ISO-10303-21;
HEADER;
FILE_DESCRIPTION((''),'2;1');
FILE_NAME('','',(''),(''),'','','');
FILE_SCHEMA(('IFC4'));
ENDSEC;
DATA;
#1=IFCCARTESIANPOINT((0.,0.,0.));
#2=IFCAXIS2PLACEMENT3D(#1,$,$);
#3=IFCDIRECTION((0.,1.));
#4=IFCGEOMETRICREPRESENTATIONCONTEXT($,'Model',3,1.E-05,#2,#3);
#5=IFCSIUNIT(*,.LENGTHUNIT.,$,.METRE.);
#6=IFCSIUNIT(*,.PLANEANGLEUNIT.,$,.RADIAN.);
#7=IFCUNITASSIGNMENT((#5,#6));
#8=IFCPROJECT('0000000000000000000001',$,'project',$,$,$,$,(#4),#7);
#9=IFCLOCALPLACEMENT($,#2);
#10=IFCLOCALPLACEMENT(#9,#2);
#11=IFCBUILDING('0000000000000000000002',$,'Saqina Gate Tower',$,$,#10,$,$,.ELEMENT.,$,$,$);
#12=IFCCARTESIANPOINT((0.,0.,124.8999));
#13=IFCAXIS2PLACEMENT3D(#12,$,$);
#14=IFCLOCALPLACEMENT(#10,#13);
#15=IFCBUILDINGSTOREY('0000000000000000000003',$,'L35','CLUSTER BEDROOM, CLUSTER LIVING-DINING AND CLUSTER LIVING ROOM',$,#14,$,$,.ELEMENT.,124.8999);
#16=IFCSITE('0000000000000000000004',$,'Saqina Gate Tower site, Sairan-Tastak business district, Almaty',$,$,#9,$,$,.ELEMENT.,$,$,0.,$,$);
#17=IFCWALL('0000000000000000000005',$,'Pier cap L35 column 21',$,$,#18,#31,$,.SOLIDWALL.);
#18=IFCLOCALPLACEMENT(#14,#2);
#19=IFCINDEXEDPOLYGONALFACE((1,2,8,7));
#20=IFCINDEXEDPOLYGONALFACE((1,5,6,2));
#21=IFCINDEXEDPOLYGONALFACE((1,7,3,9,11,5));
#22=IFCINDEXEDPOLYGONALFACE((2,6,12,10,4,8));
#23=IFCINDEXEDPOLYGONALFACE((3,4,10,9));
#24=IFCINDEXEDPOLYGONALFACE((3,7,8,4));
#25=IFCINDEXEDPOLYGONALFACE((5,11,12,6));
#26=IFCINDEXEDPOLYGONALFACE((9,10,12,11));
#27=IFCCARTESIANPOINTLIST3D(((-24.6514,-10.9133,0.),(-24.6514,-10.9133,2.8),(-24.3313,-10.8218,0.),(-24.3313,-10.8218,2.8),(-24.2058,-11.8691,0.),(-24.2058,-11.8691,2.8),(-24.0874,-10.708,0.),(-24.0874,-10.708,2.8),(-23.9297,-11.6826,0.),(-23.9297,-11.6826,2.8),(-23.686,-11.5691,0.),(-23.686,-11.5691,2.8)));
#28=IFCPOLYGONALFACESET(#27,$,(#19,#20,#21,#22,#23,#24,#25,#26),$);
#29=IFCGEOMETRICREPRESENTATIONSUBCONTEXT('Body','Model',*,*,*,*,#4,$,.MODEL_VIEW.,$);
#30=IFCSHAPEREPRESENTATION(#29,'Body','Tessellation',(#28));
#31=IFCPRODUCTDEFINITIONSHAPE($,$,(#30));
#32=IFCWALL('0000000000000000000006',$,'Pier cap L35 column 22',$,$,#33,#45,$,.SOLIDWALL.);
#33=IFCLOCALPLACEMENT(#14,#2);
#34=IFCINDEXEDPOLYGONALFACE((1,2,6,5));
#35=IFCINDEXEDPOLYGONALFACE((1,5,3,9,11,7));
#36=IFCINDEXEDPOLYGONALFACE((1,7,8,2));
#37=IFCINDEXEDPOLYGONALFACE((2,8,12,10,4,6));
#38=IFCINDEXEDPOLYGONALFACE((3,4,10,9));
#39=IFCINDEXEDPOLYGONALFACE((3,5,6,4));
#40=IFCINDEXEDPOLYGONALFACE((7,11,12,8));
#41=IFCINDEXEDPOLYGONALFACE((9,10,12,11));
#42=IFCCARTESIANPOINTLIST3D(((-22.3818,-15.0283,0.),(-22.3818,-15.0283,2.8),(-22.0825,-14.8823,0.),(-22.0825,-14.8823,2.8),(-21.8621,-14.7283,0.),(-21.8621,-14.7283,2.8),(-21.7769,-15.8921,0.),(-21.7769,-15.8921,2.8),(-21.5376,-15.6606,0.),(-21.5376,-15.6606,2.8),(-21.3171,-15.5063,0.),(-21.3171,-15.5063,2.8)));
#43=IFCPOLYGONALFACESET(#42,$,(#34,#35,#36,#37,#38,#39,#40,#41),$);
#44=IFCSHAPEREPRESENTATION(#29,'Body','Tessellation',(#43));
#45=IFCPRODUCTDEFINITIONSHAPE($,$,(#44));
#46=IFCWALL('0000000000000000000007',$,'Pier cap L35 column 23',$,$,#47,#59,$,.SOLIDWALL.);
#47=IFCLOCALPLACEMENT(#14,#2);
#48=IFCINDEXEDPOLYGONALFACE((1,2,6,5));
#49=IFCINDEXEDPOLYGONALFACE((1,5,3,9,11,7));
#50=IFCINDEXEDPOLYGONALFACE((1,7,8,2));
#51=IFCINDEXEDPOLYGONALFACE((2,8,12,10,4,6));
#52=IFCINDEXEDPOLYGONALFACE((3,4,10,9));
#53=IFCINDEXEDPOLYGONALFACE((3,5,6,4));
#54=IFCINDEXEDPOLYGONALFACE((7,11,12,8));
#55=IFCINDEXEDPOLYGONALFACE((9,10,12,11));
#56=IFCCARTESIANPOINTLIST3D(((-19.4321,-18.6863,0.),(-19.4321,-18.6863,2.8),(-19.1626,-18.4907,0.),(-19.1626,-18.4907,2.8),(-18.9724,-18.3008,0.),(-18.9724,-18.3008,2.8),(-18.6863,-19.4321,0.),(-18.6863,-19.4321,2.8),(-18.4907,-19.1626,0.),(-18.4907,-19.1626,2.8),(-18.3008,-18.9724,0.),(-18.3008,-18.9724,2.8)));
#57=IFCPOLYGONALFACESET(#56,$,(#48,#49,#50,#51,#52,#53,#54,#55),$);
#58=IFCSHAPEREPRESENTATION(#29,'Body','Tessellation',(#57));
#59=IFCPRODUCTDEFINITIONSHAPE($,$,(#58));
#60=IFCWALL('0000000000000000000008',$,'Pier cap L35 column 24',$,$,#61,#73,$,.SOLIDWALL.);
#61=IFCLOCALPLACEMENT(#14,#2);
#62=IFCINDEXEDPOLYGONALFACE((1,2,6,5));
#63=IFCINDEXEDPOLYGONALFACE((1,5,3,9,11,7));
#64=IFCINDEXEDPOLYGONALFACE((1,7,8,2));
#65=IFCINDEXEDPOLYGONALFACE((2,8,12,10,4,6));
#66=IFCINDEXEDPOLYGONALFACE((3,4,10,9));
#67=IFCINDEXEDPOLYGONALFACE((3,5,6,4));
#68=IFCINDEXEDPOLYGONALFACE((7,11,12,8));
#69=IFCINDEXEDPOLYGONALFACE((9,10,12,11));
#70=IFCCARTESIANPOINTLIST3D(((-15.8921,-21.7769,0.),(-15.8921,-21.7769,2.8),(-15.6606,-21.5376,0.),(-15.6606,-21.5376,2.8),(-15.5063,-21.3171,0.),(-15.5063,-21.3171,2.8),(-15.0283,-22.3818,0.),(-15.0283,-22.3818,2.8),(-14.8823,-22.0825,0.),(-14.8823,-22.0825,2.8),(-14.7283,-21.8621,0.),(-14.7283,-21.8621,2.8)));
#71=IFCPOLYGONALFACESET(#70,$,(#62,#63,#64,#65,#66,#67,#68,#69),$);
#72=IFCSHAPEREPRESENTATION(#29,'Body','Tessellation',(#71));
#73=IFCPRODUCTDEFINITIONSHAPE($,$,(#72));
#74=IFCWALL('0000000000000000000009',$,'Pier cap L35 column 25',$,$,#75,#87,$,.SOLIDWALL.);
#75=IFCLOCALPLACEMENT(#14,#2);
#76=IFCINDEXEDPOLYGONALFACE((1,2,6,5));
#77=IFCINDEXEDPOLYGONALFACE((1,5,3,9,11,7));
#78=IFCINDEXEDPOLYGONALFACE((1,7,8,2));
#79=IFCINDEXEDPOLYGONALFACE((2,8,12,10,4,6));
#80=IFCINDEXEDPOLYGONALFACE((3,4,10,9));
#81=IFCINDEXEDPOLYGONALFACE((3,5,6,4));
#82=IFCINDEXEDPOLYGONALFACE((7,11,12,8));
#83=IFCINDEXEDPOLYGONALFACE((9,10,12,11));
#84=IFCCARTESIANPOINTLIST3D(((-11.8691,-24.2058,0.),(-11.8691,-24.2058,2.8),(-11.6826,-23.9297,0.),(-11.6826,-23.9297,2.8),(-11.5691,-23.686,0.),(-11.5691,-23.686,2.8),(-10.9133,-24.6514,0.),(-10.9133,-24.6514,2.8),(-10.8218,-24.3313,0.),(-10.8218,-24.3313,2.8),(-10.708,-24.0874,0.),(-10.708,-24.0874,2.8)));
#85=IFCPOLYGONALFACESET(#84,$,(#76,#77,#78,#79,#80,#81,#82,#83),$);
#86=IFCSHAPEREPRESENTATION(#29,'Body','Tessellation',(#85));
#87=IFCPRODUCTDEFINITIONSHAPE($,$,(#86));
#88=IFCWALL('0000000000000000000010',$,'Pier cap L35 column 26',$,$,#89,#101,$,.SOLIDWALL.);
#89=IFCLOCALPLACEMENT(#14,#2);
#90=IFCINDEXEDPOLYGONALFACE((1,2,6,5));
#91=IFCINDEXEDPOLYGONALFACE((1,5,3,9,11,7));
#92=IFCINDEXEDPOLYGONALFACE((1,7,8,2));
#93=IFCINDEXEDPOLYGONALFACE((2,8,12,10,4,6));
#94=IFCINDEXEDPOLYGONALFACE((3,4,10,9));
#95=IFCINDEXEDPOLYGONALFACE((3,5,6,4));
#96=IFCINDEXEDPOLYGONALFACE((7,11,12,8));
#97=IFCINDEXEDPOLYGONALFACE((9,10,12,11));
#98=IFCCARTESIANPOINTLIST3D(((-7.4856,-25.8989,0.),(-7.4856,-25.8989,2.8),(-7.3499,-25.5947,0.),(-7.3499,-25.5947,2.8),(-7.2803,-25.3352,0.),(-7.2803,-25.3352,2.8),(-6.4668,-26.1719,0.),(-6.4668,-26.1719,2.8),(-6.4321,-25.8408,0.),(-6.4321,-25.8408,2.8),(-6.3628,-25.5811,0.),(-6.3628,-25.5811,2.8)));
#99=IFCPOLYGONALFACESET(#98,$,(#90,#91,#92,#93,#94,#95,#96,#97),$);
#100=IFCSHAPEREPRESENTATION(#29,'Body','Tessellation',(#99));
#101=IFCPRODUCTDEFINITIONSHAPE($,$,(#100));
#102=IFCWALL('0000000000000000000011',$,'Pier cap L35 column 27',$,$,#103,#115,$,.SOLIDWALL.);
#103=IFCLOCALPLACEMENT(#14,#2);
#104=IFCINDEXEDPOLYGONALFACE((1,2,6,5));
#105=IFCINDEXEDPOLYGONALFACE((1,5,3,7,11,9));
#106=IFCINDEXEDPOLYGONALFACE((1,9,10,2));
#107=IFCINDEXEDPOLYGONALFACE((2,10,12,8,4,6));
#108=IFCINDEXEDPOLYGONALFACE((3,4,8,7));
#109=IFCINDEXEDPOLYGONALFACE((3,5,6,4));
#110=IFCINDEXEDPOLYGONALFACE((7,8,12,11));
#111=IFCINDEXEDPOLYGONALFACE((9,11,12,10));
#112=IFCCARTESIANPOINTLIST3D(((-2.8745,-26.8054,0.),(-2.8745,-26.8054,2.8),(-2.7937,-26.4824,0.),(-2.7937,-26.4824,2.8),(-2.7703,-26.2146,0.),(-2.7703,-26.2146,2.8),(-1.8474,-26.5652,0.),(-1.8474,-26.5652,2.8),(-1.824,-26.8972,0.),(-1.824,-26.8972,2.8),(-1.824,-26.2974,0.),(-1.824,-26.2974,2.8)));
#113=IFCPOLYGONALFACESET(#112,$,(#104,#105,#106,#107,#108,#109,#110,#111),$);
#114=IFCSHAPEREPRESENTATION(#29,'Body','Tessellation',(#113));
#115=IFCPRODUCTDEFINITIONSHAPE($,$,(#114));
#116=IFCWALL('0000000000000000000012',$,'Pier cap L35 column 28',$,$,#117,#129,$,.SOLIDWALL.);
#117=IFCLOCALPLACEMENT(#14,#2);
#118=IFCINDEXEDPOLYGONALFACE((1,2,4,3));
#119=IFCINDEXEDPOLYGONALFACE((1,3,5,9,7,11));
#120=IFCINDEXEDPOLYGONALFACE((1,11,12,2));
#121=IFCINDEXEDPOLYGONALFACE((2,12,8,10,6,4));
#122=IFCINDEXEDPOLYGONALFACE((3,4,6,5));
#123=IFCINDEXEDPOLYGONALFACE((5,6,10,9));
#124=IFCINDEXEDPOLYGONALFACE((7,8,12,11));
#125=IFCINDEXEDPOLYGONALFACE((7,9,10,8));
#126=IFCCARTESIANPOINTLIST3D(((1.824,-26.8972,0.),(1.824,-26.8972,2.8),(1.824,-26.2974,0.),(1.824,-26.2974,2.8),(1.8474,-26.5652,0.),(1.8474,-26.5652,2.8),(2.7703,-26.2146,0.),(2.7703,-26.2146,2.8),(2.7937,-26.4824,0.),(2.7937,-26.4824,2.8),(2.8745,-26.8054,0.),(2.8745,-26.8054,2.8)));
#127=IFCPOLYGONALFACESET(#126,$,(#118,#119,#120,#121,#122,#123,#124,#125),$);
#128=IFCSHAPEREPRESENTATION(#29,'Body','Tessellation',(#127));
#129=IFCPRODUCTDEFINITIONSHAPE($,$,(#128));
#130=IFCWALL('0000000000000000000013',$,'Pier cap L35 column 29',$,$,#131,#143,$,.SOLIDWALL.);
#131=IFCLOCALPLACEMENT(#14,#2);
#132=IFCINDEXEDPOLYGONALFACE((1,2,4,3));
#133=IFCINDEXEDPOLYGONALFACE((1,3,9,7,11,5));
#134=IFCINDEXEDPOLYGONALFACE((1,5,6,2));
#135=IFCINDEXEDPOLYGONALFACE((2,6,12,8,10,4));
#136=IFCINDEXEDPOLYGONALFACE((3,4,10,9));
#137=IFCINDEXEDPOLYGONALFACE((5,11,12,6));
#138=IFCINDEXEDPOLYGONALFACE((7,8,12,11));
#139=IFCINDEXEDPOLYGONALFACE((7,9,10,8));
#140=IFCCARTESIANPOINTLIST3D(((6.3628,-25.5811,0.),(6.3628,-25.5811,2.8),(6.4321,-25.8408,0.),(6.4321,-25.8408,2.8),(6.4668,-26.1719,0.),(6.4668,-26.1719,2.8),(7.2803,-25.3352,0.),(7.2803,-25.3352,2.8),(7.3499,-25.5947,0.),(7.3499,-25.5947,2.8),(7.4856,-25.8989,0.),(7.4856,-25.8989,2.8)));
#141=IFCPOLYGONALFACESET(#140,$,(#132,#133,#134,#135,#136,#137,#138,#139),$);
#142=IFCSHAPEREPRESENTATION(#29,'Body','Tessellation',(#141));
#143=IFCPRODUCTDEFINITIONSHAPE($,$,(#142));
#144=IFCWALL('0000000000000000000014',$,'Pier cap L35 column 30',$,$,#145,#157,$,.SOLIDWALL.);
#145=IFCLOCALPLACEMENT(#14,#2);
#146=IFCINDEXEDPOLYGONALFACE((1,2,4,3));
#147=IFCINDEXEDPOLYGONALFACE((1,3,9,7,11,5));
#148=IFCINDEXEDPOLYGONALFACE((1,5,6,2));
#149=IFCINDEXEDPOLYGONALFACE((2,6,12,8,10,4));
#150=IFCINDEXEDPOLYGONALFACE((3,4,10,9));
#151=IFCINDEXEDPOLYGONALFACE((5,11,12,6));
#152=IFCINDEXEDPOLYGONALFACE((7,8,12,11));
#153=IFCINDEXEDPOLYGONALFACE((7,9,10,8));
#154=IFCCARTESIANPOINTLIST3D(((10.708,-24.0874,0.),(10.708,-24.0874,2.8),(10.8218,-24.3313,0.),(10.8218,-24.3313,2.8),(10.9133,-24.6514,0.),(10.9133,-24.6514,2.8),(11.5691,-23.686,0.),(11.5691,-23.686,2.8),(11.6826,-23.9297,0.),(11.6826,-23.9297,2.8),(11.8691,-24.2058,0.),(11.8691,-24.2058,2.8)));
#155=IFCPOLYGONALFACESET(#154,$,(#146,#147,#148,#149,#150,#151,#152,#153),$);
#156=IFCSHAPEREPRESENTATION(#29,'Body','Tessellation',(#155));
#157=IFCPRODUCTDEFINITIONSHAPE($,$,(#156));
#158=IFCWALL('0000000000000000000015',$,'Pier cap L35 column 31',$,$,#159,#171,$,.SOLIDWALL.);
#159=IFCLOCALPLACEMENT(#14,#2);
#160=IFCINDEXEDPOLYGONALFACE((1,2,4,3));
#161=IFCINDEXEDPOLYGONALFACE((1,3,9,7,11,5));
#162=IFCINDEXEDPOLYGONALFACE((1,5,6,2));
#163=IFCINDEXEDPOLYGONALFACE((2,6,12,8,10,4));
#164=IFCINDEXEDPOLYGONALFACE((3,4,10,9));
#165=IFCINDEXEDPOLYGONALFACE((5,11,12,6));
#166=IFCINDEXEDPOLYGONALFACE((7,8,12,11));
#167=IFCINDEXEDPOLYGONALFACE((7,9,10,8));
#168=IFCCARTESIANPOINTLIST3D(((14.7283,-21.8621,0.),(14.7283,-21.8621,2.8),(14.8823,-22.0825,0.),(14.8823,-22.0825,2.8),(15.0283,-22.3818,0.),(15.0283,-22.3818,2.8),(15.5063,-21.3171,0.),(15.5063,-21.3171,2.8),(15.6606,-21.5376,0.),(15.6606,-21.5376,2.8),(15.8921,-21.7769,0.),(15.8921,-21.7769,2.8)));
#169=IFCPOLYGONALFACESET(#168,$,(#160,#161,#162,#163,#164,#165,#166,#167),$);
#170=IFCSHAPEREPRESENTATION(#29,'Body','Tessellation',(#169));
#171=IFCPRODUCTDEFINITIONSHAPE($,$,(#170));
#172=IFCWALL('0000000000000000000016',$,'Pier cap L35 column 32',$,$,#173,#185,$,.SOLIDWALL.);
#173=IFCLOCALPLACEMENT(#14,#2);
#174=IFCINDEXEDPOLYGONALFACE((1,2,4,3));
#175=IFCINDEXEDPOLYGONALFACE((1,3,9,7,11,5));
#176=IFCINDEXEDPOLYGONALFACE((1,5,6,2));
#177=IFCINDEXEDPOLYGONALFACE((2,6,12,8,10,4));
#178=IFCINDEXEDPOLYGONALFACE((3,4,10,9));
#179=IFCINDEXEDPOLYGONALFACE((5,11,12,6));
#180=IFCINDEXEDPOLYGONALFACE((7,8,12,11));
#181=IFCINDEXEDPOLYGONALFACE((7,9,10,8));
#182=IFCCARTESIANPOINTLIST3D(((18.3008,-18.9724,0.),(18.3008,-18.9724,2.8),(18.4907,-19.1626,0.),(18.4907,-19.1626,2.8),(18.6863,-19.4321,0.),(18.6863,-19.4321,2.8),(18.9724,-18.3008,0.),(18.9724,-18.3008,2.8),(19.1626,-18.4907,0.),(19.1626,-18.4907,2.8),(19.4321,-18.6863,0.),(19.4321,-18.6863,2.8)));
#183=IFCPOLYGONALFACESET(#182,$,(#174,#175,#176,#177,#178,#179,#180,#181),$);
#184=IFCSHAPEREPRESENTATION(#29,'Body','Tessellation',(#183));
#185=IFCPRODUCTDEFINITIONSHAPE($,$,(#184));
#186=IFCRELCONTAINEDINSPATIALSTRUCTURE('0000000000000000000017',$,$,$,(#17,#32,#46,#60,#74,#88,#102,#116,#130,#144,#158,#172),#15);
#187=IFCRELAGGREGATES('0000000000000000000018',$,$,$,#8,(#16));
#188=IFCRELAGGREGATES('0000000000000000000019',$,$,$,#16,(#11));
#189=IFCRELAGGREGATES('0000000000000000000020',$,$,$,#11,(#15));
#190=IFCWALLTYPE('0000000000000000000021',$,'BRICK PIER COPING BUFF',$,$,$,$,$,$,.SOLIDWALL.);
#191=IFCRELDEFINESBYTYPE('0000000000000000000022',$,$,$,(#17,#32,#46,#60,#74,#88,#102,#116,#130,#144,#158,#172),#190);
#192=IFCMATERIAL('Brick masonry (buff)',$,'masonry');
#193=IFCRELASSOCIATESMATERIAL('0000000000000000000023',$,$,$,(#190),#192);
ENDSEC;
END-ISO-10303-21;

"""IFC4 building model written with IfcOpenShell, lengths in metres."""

from ifc_helpers import new_model, si_unit, direction, frame, origin, place, context, subcontext, project, spatial, polyline, outline, extrude, material, type_object, element, save


model = new_model("IFC4")

# Units and contexts
model_context = context("Model", 3, precision=1e-05, world=origin(), true_north=direction((0.0, 1.0)))
body_context = subcontext(model_context, "Body", "Model", "MODEL_VIEW")
ifc_project = project(units=[si_unit("LENGTHUNIT", "METRE"), si_unit("PLANEANGLEUNIT", "RADIAN")], contexts=[model_context])

# Site, building, storey
site_placement = place(None, origin())
site = spatial("IfcSite", under=ifc_project, at=site_placement, Name="Saqina Gate Tower site, Sairan-Tastak business district, Almaty", CompositionType="ELEMENT", RefElevation=0.0)
building_placement = place(site_placement, origin())
building = spatial("IfcBuilding", under=site, at=building_placement, Name="Saqina Gate Tower", CompositionType="ELEMENT")
storey_placement = place(building_placement, frame((0.0, 0.0, 124.8999)))
storey = spatial("IfcBuildingStorey", under=building, at=storey_placement, Name="L35", Description="CLUSTER BEDROOM, CLUSTER LIVING-DINING AND CLUSTER LIVING ROOM", CompositionType="ELEMENT", Elevation=124.8999)

# Walls
ifc_material_1 = material(Name="Brick masonry (buff)", Category="masonry")
wall_type_1 = type_object("IfcWallType", Name="BRICK PIER COPING BUFF", PredefinedType="SOLIDWALL", material=ifc_material_1)
wall_1_placement = place(storey_placement, origin())
element("IfcWall", 1, at=wall_1_placement, inside=storey, type_object=wall_type_1, Name="Pier cap L35 column 21", PredefinedType="SOLIDWALL", context=body_context, shape_type="SweptSolid", body=[
    extrude(outline(polyline([(-24.6514, -10.9133), (-24.2058, -11.8691), (-23.686, -11.5691), (-23.9297, -11.6826), (-24.3313, -10.8218), (-24.0874, -10.708), (-24.6514, -10.9133)])), origin(), (0.0, 0.0, 1.0), 2.8),
])
wall_2_placement = place(storey_placement, origin())
element("IfcWall", 2, at=wall_2_placement, inside=storey, type_object=wall_type_1, Name="Pier cap L35 column 22", PredefinedType="SOLIDWALL", context=body_context, shape_type="SweptSolid", body=[
    extrude(outline(polyline([(-21.7769, -15.8921), (-21.3171, -15.5063), (-21.5376, -15.6606), (-22.0825, -14.8823), (-21.8621, -14.7283), (-22.3818, -15.0283), (-21.7769, -15.8921)])), origin(), (0.0, 0.0, 1.0), 2.8),
])
wall_3_placement = place(storey_placement, origin())
element("IfcWall", 3, at=wall_3_placement, inside=storey, type_object=wall_type_1, Name="Pier cap L35 column 23", PredefinedType="SOLIDWALL", context=body_context, shape_type="SweptSolid", body=[
    extrude(outline(polyline([(-19.4321, -18.6863), (-18.6863, -19.4321), (-18.3008, -18.9724), (-18.4907, -19.1626), (-19.1626, -18.4907), (-18.9724, -18.3008), (-19.4321, -18.6863)])), origin(), (0.0, 0.0, 1.0), 2.8),
])
wall_4_placement = place(storey_placement, origin())
element("IfcWall", 4, at=wall_4_placement, inside=storey, type_object=wall_type_1, Name="Pier cap L35 column 24", PredefinedType="SOLIDWALL", context=body_context, shape_type="SweptSolid", body=[
    extrude(outline(polyline([(-15.0283, -22.3818), (-14.7283, -21.8621), (-14.8823, -22.0825), (-15.6606, -21.5376), (-15.5063, -21.3171), (-15.8921, -21.7769), (-15.0283, -22.3818)])), origin(), (0.0, 0.0, 1.0), 2.8),
])
wall_5_placement = place(storey_placement, origin())
element("IfcWall", 5, at=wall_5_placement, inside=storey, type_object=wall_type_1, Name="Pier cap L35 column 25", PredefinedType="SOLIDWALL", context=body_context, shape_type="SweptSolid", body=[
    extrude(outline(polyline([(-10.9133, -24.6514), (-10.708, -24.0874), (-10.8218, -24.3313), (-11.6826, -23.9297), (-11.5691, -23.686), (-11.8691, -24.2058), (-10.9133, -24.6514)])), origin(), (0.0, 0.0, 1.0), 2.8),
])
wall_6_placement = place(storey_placement, origin())
element("IfcWall", 6, at=wall_6_placement, inside=storey, type_object=wall_type_1, Name="Pier cap L35 column 26", PredefinedType="SOLIDWALL", context=body_context, shape_type="SweptSolid", body=[
    extrude(outline(polyline([(-7.4856, -25.8989), (-6.4668, -26.1719), (-6.3628, -25.5811), (-6.4321, -25.8408), (-7.3499, -25.5947), (-7.2803, -25.3352), (-7.4856, -25.8989)])), origin(), (0.0, 0.0, 1.0), 2.8),
])
wall_7_placement = place(storey_placement, origin())
element("IfcWall", 7, at=wall_7_placement, inside=storey, type_object=wall_type_1, Name="Pier cap L35 column 27", PredefinedType="SOLIDWALL", context=body_context, shape_type="SweptSolid", body=[
    extrude(outline(polyline([(-2.8745, -26.8054), (-1.824, -26.8972), (-1.824, -26.2974), (-1.8474, -26.5652), (-2.7937, -26.4824), (-2.7703, -26.2146), (-2.8745, -26.8054)])), origin(), (0.0, 0.0, 1.0), 2.8),
])
wall_8_placement = place(storey_placement, origin())
element("IfcWall", 8, at=wall_8_placement, inside=storey, type_object=wall_type_1, Name="Pier cap L35 column 28", PredefinedType="SOLIDWALL", context=body_context, shape_type="SweptSolid", body=[
    extrude(outline(polyline([(2.8745, -26.8054), (2.7703, -26.2146), (2.7937, -26.4824), (1.8474, -26.5652), (1.824, -26.2974), (1.824, -26.8972), (2.8745, -26.8054)])), origin(), (0.0, 0.0, 1.0), 2.8),
])
wall_9_placement = place(storey_placement, origin())
element("IfcWall", 9, at=wall_9_placement, inside=storey, type_object=wall_type_1, Name="Pier cap L35 column 29", PredefinedType="SOLIDWALL", context=body_context, shape_type="SweptSolid", body=[
    extrude(outline(polyline([(6.4668, -26.1719), (7.4856, -25.8989), (7.2803, -25.3352), (7.3499, -25.5947), (6.4321, -25.8408), (6.3628, -25.5811), (6.4668, -26.1719)])), origin(), (0.0, 0.0, 1.0), 2.8),
])
wall_10_placement = place(storey_placement, origin())
element("IfcWall", 10, at=wall_10_placement, inside=storey, type_object=wall_type_1, Name="Pier cap L35 column 30", PredefinedType="SOLIDWALL", context=body_context, shape_type="SweptSolid", body=[
    extrude(outline(polyline([(10.9133, -24.6514), (11.8691, -24.2058), (11.5691, -23.686), (11.6826, -23.9297), (10.8218, -24.3313), (10.708, -24.0874), (10.9133, -24.6514)])), origin(), (0.0, 0.0, 1.0), 2.8),
])
wall_11_placement = place(storey_placement, origin())
element("IfcWall", 11, at=wall_11_placement, inside=storey, type_object=wall_type_1, Name="Pier cap L35 column 31", PredefinedType="SOLIDWALL", context=body_context, shape_type="SweptSolid", body=[
    extrude(outline(polyline([(15.8921, -21.7769), (15.5063, -21.3171), (15.6606, -21.5376), (14.8823, -22.0825), (14.7283, -21.8621), (15.0283, -22.3818), (15.8921, -21.7769)])), origin(), (0.0, 0.0, 1.0), 2.8),
])
wall_12_placement = place(storey_placement, origin())
element("IfcWall", 12, at=wall_12_placement, inside=storey, type_object=wall_type_1, Name="Pier cap L35 column 32", PredefinedType="SOLIDWALL", context=body_context, shape_type="SweptSolid", body=[
    extrude(outline(polyline([(18.6863, -19.4321), (19.4321, -18.6863), (18.9724, -18.3008), (19.1626, -18.4907), (18.4907, -19.1626), (18.3008, -18.9724), (18.6863, -19.4321)])), origin(), (0.0, 0.0, 1.0), 2.8),
])

save(model, "model.ifc")
